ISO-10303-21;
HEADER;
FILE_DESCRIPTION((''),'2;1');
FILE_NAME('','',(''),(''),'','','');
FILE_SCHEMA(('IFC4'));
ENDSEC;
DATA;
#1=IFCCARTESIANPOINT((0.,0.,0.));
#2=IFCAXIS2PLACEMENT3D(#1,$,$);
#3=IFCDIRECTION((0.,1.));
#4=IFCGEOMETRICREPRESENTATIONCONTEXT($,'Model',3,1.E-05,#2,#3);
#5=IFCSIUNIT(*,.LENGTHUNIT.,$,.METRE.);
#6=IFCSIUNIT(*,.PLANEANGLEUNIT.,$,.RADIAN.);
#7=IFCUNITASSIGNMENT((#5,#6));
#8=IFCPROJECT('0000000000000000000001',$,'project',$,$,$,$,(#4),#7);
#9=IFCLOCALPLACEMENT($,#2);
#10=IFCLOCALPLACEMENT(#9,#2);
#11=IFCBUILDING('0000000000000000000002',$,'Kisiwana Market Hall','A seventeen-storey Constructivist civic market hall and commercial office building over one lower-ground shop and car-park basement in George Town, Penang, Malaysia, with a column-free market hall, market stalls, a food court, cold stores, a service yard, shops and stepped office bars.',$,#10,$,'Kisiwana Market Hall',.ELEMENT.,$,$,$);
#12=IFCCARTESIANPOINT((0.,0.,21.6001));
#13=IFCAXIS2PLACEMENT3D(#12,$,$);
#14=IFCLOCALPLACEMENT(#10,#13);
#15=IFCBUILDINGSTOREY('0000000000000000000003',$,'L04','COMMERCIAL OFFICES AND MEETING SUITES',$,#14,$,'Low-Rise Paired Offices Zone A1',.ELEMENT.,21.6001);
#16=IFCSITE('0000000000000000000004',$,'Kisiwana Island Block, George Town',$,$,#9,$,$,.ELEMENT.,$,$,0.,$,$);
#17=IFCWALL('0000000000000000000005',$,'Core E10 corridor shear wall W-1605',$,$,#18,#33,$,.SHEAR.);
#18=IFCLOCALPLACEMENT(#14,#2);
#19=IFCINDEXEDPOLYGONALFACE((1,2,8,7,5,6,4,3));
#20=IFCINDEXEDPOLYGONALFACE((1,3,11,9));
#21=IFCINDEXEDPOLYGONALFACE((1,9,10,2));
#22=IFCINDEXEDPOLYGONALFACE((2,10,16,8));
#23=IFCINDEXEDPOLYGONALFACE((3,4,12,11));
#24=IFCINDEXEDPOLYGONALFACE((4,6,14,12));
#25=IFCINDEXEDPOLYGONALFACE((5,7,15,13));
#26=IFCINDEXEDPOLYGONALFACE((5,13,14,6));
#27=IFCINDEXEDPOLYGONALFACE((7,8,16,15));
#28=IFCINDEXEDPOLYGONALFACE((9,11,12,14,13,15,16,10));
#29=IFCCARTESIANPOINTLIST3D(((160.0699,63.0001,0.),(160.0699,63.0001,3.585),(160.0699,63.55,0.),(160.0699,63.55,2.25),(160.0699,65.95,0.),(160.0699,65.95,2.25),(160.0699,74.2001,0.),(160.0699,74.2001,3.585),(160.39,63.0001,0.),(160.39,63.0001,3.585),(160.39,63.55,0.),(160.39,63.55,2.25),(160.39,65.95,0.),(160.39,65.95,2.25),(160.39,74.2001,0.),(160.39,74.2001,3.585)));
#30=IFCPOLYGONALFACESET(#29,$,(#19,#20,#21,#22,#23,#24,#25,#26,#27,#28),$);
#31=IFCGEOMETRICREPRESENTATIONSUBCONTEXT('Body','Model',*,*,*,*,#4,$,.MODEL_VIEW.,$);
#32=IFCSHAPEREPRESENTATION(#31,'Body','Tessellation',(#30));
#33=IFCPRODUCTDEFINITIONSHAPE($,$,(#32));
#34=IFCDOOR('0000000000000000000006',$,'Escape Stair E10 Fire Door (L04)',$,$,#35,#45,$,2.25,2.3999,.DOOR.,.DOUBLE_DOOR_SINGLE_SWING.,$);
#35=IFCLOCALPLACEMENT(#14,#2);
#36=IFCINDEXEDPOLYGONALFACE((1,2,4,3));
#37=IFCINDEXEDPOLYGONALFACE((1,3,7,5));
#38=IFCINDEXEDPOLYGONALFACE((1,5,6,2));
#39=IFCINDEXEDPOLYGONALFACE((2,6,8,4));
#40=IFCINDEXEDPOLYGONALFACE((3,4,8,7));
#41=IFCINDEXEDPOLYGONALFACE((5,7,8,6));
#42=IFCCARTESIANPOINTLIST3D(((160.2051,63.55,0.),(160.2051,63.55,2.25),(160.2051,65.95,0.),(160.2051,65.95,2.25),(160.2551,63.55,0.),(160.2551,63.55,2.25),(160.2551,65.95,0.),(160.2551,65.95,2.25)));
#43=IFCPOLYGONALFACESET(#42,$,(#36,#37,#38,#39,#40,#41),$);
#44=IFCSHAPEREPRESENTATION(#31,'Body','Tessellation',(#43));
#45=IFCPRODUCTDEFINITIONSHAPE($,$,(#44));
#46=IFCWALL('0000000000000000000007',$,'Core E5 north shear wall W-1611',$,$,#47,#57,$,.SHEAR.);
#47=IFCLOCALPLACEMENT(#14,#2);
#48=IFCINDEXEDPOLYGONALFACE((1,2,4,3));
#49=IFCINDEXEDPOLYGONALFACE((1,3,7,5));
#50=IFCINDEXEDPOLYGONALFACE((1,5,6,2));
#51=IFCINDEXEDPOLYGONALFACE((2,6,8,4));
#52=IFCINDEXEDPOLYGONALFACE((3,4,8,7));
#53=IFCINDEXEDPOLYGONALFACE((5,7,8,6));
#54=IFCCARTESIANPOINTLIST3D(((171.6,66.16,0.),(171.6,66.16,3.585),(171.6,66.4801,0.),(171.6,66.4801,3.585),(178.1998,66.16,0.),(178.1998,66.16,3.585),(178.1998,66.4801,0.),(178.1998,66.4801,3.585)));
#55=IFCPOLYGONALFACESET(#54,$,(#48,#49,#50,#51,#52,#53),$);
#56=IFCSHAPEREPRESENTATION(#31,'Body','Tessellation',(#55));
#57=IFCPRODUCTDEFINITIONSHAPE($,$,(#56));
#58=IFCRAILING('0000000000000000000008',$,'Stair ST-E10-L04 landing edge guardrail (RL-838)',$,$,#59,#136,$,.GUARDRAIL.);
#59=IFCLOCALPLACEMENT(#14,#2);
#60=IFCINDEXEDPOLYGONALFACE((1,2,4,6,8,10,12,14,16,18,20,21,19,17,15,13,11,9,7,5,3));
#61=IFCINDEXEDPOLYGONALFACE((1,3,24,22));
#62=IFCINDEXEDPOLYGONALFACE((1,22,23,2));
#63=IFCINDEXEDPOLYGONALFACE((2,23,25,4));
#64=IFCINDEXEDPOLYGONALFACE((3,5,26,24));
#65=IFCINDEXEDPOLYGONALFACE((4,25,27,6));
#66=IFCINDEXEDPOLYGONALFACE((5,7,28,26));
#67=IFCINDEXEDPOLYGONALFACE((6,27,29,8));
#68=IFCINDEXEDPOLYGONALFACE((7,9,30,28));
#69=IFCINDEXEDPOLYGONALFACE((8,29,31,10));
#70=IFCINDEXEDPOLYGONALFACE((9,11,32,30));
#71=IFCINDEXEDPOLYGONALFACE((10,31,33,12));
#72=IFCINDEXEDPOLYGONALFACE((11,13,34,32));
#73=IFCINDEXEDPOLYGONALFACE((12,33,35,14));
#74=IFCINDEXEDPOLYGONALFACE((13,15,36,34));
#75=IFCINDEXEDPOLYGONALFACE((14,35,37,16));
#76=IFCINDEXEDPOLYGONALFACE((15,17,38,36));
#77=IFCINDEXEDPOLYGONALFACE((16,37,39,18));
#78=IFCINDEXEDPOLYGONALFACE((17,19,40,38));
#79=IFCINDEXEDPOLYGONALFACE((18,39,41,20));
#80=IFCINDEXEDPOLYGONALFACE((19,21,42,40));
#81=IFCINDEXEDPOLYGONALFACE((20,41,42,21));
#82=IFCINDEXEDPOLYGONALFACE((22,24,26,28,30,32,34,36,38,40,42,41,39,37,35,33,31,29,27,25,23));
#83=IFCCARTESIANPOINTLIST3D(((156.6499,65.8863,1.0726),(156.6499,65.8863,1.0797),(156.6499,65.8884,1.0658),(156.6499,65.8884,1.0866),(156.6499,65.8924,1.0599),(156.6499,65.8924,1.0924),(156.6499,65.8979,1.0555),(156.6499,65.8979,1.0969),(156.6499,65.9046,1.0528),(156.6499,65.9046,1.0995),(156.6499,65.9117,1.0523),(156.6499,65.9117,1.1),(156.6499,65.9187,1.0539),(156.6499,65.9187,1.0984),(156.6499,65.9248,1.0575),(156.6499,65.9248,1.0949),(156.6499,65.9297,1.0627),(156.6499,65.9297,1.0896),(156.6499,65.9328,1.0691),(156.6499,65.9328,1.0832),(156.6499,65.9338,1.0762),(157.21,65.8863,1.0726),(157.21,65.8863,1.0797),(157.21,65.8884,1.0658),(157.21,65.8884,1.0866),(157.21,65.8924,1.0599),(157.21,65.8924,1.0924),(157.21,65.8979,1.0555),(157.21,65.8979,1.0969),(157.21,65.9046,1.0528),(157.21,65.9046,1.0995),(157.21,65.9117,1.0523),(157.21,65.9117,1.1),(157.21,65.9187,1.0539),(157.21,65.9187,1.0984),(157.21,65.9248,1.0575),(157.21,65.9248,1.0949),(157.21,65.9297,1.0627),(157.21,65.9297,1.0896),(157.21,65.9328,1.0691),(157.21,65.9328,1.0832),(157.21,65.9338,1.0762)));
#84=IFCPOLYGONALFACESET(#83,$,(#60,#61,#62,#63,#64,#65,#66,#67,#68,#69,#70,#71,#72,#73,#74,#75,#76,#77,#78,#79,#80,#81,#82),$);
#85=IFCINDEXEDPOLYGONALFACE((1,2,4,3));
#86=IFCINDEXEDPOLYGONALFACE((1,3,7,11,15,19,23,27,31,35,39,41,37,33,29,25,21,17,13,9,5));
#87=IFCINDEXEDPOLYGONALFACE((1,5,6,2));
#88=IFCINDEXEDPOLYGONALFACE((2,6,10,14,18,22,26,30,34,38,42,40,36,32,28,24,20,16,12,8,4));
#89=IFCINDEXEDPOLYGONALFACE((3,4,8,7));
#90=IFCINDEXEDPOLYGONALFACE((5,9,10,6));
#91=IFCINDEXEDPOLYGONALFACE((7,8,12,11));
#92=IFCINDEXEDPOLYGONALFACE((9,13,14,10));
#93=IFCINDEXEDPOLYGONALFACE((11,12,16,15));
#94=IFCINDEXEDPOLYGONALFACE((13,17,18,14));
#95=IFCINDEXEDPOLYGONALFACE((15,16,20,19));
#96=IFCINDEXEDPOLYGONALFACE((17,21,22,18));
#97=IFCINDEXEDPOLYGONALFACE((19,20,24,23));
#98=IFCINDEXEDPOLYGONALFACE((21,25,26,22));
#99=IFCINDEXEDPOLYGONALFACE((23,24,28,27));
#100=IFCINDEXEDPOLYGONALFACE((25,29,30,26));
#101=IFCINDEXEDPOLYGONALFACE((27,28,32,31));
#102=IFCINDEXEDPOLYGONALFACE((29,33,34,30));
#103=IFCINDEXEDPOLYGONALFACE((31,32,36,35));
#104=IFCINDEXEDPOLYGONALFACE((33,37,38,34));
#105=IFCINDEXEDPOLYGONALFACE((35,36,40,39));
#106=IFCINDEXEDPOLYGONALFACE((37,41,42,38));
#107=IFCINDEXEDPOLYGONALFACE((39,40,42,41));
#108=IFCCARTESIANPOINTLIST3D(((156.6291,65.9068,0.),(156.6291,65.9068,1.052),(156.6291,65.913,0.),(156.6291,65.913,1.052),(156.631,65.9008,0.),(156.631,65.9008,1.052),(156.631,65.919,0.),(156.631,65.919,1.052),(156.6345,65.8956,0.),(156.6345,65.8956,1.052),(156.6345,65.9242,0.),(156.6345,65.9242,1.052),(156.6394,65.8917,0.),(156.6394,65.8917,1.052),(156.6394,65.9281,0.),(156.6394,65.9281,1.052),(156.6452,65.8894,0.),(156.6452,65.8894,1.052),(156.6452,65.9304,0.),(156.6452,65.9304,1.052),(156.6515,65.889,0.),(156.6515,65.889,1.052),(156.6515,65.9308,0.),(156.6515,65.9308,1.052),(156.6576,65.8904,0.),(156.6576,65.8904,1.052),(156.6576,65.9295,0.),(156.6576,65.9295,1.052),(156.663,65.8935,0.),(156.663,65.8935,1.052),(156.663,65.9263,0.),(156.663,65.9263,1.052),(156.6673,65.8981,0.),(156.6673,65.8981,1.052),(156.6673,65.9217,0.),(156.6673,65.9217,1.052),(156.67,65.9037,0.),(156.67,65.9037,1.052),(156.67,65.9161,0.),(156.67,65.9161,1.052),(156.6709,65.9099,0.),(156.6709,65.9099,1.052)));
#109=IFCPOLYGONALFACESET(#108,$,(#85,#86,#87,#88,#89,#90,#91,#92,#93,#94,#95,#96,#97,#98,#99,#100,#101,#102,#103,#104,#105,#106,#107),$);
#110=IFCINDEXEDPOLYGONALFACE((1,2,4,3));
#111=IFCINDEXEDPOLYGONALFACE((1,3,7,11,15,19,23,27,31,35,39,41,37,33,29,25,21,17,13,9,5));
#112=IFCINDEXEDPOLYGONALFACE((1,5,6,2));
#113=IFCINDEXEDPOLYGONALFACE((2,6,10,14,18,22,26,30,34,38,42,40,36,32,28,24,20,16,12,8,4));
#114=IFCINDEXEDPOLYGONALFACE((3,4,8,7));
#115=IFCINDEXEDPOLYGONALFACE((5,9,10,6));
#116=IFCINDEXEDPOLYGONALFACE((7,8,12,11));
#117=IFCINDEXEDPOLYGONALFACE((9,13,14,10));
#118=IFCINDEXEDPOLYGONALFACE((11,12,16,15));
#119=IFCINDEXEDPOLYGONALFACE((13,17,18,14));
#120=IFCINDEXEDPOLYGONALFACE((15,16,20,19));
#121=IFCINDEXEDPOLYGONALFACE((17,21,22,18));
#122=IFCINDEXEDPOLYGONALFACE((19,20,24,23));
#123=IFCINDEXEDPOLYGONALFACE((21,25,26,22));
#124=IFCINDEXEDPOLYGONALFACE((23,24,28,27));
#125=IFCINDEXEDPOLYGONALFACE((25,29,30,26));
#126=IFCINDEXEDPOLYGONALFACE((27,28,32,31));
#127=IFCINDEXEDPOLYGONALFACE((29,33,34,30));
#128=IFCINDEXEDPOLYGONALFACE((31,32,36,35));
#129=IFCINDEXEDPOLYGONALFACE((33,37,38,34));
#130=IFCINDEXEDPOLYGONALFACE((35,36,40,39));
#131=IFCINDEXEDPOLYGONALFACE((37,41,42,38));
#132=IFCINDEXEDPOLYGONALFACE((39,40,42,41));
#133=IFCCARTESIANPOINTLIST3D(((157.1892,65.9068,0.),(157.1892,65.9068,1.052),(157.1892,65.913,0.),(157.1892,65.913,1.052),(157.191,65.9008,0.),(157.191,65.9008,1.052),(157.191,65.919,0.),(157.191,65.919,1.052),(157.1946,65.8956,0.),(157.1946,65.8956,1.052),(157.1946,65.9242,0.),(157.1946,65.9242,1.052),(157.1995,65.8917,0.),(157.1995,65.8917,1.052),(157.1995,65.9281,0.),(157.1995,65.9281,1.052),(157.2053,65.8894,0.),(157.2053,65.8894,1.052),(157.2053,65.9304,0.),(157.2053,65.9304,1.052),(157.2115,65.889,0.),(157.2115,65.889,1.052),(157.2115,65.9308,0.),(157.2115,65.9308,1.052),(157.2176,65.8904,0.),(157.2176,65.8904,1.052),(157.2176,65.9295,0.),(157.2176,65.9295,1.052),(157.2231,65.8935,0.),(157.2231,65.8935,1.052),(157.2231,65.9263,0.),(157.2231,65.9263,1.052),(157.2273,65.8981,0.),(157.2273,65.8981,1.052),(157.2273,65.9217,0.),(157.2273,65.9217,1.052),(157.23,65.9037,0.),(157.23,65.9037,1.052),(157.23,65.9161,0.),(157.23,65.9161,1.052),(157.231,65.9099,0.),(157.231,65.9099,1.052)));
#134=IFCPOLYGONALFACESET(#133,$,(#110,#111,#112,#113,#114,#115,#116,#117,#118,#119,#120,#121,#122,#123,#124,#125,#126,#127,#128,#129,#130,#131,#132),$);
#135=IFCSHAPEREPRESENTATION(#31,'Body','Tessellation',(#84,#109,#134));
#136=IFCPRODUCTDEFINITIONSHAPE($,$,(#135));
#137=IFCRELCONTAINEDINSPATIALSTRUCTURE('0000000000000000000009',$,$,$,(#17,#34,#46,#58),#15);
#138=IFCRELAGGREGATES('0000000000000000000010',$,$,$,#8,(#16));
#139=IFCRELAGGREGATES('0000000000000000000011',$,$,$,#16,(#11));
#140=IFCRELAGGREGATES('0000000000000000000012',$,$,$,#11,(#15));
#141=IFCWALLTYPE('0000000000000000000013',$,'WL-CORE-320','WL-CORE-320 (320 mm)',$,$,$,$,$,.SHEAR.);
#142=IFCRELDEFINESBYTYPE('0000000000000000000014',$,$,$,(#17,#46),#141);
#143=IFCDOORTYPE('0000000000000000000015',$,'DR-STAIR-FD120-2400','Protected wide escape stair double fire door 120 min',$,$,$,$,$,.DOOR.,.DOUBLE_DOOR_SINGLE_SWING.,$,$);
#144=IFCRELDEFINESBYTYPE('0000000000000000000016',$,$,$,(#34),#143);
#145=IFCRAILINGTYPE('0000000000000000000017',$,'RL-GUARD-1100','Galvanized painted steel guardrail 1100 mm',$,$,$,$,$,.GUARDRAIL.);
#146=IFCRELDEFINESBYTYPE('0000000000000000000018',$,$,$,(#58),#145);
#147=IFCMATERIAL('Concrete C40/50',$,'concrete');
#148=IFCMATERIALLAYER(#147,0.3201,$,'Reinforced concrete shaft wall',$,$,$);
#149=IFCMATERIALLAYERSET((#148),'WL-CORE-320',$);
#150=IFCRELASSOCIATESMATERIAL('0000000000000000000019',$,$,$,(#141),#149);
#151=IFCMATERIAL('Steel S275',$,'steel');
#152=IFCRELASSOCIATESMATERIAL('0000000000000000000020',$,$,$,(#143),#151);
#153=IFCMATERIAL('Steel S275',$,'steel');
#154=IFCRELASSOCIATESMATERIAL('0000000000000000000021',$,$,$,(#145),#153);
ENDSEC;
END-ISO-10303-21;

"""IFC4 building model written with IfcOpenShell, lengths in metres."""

from ifc_helpers import new_model, si_unit, direction, frame, frame_2d, origin, origin_2d, place, context, subcontext, project, spatial, rectangle, circle, extrude, material, layer, layer_set, type_object, element, fill, save


model = new_model("IFC4")

# Units and contexts
model_context = context("Model", 3, precision=1e-05, world=origin(), true_north=direction((0.0, 1.0)))
body_context = subcontext(model_context, "Body", "Model", "MODEL_VIEW")
ifc_project = project(units=[si_unit("LENGTHUNIT", "METRE"), si_unit("PLANEANGLEUNIT", "RADIAN")], contexts=[model_context])

# Site, building, storey
site_placement = place(None, origin())
site = spatial("IfcSite", under=ifc_project, at=site_placement, Name="Kisiwana Island Block, George Town", CompositionType="ELEMENT", RefElevation=0.0)
building_placement = place(site_placement, origin())
building = spatial("IfcBuilding", under=site, at=building_placement, Name="Kisiwana Market Hall", Description="A seventeen-storey Constructivist civic market hall and commercial office building over one lower-ground shop and car-park basement in George Town, Penang, Malaysia, with a column-free market hall, market stalls, a food court, cold stores, a service yard, shops and stepped office bars.", LongName="Kisiwana Market Hall", CompositionType="ELEMENT")
storey_placement = place(building_placement, frame((0.0, 0.0, 21.6001)))
storey = spatial("IfcBuildingStorey", under=building, at=storey_placement, Name="L04", Description="COMMERCIAL OFFICES AND MEETING SUITES", LongName="Low-Rise Paired Offices Zone A1", CompositionType="ELEMENT", Elevation=21.6001)

# Shared definitions
ifc_material_1 = material(Name="Concrete C40/50", Category="concrete")
ifc_layer = layer(ifc_material_1, 0.3201, Name="Reinforced concrete shaft wall")
ifc_layer_set = layer_set([ifc_layer], Name="WL-CORE-320")
wall_type = type_object("IfcWallType", Name="WL-CORE-320", Description="WL-CORE-320 (320 mm)", PredefinedType="SHEAR", material=ifc_layer_set)

# Shared definitions
ifc_material_2 = material(Name="Steel S275", Category="steel")
door_type = type_object("IfcDoorType", Name="DR-STAIR-FD120-2400", Description="Protected wide escape stair double fire door 120 min", OperationType="DOUBLE_DOOR_SINGLE_SWING", PredefinedType="DOOR", material=ifc_material_2)

# Wall, opening, door
wall_1_placement = place(storey_placement, frame((160.23, 63.0, 0.0), z_axis=(0.0, 0.0, 1.0), x_axis=(0.0, 1.0, 0.0)))
wall_1 = element("IfcWall", 1, at=wall_1_placement, inside=storey, type_object=wall_type, Name="Core E10 corridor shear wall W-1605", PredefinedType="SHEAR", context=body_context, shape_type="SweptSolid", body=[
    extrude(rectangle(XDim=11.2, YDim=0.3201, at=frame_2d((5.6001, 0.0))), origin(), (0.0, 0.0, 1.0), 3.585),
])
opening_1_placement = place(wall_1_placement, frame((0.55, 0.0, 0.0)))
opening_1 = element("IfcOpeningElement", 2, at=opening_1_placement, cuts=wall_1, PredefinedType="OPENING", context=body_context, shape_type="SweptSolid", body=[
    extrude(rectangle(XDim=2.3999, YDim=2.25, at=frame_2d((1.2, 1.125))), frame((0.0, 0.1719, 0.0), z_axis=(0.0, -1.0, 0.0), x_axis=(1.0, 0.0, 0.0)), (0.0, 0.0, 1.0), 0.344),
])
door_1_placement = place(opening_1_placement, origin())
door_1 = element("IfcDoor", 3, at=door_1_placement, inside=storey, type_object=door_type, Name="Escape Stair E10 Fire Door (L04)", OperationType="DOUBLE_DOOR_SINGLE_SWING", OverallHeight=2.25, OverallWidth=2.3999, PredefinedType="DOOR", context=body_context, shape_type="SweptSolid", body=[
    extrude(rectangle(XDim=2.3999, YDim=2.25, at=frame_2d((1.2, 1.125))), frame((0.0, 0.0249, 0.0), z_axis=(0.0, -1.0, 0.0), x_axis=(1.0, 0.0, 0.0)), (0.0, 0.0, 1.0), 0.05),
])
fill(opening_1, door_1)

# Wall
wall_2_placement = place(storey_placement, frame((171.6001, 66.3201, 0.0), z_axis=(0.0, 0.0, 1.0), x_axis=(1.0, 0.0, 0.0)))
element("IfcWall", 4, at=wall_2_placement, inside=storey, type_object=wall_type, Name="Core E5 north shear wall W-1611", PredefinedType="SHEAR", context=body_context, shape_type="SweptSolid", body=[
    extrude(rectangle(XDim=6.5999, YDim=0.3201, at=frame_2d((3.2998, 0.0))), origin(), (0.0, 0.0, 1.0), 3.585),
])

# Railing
ifc_material_3 = material(Name="Steel S275", Category="steel")
railing_type_1 = type_object("IfcRailingType", Name="RL-GUARD-1100", Description="Galvanized painted steel guardrail 1100 mm", PredefinedType="GUARDRAIL", material=ifc_material_3)
railing_1_placement = place(storey_placement, frame((156.6499, 65.9099, 0.0)))
element("IfcRailing", 5, at=railing_1_placement, inside=storey, type_object=railing_type_1, Name="Stair ST-E10-L04 landing edge guardrail (RL-838)", PredefinedType="GUARDRAIL", context=body_context, shape_type="SweptSolid", body=[
    extrude(circle(Radius=0.0239, at=origin_2d()), frame((0.0, 0.0, 1.0762), z_axis=(1.0, 0.0, 0.0), x_axis=(0.0, 1.0, 0.0)), (0.0, 0.0, 1.0), 0.5601),
    extrude(circle(Radius=0.021, at=origin_2d()), origin(), (0.0, 0.0, 1.0), 1.052),
    extrude(circle(Radius=0.021, at=origin_2d()), frame((0.5601, 0.0, 0.0)), (0.0, 0.0, 1.0), 1.052),
])

save(model, "model.ifc")
